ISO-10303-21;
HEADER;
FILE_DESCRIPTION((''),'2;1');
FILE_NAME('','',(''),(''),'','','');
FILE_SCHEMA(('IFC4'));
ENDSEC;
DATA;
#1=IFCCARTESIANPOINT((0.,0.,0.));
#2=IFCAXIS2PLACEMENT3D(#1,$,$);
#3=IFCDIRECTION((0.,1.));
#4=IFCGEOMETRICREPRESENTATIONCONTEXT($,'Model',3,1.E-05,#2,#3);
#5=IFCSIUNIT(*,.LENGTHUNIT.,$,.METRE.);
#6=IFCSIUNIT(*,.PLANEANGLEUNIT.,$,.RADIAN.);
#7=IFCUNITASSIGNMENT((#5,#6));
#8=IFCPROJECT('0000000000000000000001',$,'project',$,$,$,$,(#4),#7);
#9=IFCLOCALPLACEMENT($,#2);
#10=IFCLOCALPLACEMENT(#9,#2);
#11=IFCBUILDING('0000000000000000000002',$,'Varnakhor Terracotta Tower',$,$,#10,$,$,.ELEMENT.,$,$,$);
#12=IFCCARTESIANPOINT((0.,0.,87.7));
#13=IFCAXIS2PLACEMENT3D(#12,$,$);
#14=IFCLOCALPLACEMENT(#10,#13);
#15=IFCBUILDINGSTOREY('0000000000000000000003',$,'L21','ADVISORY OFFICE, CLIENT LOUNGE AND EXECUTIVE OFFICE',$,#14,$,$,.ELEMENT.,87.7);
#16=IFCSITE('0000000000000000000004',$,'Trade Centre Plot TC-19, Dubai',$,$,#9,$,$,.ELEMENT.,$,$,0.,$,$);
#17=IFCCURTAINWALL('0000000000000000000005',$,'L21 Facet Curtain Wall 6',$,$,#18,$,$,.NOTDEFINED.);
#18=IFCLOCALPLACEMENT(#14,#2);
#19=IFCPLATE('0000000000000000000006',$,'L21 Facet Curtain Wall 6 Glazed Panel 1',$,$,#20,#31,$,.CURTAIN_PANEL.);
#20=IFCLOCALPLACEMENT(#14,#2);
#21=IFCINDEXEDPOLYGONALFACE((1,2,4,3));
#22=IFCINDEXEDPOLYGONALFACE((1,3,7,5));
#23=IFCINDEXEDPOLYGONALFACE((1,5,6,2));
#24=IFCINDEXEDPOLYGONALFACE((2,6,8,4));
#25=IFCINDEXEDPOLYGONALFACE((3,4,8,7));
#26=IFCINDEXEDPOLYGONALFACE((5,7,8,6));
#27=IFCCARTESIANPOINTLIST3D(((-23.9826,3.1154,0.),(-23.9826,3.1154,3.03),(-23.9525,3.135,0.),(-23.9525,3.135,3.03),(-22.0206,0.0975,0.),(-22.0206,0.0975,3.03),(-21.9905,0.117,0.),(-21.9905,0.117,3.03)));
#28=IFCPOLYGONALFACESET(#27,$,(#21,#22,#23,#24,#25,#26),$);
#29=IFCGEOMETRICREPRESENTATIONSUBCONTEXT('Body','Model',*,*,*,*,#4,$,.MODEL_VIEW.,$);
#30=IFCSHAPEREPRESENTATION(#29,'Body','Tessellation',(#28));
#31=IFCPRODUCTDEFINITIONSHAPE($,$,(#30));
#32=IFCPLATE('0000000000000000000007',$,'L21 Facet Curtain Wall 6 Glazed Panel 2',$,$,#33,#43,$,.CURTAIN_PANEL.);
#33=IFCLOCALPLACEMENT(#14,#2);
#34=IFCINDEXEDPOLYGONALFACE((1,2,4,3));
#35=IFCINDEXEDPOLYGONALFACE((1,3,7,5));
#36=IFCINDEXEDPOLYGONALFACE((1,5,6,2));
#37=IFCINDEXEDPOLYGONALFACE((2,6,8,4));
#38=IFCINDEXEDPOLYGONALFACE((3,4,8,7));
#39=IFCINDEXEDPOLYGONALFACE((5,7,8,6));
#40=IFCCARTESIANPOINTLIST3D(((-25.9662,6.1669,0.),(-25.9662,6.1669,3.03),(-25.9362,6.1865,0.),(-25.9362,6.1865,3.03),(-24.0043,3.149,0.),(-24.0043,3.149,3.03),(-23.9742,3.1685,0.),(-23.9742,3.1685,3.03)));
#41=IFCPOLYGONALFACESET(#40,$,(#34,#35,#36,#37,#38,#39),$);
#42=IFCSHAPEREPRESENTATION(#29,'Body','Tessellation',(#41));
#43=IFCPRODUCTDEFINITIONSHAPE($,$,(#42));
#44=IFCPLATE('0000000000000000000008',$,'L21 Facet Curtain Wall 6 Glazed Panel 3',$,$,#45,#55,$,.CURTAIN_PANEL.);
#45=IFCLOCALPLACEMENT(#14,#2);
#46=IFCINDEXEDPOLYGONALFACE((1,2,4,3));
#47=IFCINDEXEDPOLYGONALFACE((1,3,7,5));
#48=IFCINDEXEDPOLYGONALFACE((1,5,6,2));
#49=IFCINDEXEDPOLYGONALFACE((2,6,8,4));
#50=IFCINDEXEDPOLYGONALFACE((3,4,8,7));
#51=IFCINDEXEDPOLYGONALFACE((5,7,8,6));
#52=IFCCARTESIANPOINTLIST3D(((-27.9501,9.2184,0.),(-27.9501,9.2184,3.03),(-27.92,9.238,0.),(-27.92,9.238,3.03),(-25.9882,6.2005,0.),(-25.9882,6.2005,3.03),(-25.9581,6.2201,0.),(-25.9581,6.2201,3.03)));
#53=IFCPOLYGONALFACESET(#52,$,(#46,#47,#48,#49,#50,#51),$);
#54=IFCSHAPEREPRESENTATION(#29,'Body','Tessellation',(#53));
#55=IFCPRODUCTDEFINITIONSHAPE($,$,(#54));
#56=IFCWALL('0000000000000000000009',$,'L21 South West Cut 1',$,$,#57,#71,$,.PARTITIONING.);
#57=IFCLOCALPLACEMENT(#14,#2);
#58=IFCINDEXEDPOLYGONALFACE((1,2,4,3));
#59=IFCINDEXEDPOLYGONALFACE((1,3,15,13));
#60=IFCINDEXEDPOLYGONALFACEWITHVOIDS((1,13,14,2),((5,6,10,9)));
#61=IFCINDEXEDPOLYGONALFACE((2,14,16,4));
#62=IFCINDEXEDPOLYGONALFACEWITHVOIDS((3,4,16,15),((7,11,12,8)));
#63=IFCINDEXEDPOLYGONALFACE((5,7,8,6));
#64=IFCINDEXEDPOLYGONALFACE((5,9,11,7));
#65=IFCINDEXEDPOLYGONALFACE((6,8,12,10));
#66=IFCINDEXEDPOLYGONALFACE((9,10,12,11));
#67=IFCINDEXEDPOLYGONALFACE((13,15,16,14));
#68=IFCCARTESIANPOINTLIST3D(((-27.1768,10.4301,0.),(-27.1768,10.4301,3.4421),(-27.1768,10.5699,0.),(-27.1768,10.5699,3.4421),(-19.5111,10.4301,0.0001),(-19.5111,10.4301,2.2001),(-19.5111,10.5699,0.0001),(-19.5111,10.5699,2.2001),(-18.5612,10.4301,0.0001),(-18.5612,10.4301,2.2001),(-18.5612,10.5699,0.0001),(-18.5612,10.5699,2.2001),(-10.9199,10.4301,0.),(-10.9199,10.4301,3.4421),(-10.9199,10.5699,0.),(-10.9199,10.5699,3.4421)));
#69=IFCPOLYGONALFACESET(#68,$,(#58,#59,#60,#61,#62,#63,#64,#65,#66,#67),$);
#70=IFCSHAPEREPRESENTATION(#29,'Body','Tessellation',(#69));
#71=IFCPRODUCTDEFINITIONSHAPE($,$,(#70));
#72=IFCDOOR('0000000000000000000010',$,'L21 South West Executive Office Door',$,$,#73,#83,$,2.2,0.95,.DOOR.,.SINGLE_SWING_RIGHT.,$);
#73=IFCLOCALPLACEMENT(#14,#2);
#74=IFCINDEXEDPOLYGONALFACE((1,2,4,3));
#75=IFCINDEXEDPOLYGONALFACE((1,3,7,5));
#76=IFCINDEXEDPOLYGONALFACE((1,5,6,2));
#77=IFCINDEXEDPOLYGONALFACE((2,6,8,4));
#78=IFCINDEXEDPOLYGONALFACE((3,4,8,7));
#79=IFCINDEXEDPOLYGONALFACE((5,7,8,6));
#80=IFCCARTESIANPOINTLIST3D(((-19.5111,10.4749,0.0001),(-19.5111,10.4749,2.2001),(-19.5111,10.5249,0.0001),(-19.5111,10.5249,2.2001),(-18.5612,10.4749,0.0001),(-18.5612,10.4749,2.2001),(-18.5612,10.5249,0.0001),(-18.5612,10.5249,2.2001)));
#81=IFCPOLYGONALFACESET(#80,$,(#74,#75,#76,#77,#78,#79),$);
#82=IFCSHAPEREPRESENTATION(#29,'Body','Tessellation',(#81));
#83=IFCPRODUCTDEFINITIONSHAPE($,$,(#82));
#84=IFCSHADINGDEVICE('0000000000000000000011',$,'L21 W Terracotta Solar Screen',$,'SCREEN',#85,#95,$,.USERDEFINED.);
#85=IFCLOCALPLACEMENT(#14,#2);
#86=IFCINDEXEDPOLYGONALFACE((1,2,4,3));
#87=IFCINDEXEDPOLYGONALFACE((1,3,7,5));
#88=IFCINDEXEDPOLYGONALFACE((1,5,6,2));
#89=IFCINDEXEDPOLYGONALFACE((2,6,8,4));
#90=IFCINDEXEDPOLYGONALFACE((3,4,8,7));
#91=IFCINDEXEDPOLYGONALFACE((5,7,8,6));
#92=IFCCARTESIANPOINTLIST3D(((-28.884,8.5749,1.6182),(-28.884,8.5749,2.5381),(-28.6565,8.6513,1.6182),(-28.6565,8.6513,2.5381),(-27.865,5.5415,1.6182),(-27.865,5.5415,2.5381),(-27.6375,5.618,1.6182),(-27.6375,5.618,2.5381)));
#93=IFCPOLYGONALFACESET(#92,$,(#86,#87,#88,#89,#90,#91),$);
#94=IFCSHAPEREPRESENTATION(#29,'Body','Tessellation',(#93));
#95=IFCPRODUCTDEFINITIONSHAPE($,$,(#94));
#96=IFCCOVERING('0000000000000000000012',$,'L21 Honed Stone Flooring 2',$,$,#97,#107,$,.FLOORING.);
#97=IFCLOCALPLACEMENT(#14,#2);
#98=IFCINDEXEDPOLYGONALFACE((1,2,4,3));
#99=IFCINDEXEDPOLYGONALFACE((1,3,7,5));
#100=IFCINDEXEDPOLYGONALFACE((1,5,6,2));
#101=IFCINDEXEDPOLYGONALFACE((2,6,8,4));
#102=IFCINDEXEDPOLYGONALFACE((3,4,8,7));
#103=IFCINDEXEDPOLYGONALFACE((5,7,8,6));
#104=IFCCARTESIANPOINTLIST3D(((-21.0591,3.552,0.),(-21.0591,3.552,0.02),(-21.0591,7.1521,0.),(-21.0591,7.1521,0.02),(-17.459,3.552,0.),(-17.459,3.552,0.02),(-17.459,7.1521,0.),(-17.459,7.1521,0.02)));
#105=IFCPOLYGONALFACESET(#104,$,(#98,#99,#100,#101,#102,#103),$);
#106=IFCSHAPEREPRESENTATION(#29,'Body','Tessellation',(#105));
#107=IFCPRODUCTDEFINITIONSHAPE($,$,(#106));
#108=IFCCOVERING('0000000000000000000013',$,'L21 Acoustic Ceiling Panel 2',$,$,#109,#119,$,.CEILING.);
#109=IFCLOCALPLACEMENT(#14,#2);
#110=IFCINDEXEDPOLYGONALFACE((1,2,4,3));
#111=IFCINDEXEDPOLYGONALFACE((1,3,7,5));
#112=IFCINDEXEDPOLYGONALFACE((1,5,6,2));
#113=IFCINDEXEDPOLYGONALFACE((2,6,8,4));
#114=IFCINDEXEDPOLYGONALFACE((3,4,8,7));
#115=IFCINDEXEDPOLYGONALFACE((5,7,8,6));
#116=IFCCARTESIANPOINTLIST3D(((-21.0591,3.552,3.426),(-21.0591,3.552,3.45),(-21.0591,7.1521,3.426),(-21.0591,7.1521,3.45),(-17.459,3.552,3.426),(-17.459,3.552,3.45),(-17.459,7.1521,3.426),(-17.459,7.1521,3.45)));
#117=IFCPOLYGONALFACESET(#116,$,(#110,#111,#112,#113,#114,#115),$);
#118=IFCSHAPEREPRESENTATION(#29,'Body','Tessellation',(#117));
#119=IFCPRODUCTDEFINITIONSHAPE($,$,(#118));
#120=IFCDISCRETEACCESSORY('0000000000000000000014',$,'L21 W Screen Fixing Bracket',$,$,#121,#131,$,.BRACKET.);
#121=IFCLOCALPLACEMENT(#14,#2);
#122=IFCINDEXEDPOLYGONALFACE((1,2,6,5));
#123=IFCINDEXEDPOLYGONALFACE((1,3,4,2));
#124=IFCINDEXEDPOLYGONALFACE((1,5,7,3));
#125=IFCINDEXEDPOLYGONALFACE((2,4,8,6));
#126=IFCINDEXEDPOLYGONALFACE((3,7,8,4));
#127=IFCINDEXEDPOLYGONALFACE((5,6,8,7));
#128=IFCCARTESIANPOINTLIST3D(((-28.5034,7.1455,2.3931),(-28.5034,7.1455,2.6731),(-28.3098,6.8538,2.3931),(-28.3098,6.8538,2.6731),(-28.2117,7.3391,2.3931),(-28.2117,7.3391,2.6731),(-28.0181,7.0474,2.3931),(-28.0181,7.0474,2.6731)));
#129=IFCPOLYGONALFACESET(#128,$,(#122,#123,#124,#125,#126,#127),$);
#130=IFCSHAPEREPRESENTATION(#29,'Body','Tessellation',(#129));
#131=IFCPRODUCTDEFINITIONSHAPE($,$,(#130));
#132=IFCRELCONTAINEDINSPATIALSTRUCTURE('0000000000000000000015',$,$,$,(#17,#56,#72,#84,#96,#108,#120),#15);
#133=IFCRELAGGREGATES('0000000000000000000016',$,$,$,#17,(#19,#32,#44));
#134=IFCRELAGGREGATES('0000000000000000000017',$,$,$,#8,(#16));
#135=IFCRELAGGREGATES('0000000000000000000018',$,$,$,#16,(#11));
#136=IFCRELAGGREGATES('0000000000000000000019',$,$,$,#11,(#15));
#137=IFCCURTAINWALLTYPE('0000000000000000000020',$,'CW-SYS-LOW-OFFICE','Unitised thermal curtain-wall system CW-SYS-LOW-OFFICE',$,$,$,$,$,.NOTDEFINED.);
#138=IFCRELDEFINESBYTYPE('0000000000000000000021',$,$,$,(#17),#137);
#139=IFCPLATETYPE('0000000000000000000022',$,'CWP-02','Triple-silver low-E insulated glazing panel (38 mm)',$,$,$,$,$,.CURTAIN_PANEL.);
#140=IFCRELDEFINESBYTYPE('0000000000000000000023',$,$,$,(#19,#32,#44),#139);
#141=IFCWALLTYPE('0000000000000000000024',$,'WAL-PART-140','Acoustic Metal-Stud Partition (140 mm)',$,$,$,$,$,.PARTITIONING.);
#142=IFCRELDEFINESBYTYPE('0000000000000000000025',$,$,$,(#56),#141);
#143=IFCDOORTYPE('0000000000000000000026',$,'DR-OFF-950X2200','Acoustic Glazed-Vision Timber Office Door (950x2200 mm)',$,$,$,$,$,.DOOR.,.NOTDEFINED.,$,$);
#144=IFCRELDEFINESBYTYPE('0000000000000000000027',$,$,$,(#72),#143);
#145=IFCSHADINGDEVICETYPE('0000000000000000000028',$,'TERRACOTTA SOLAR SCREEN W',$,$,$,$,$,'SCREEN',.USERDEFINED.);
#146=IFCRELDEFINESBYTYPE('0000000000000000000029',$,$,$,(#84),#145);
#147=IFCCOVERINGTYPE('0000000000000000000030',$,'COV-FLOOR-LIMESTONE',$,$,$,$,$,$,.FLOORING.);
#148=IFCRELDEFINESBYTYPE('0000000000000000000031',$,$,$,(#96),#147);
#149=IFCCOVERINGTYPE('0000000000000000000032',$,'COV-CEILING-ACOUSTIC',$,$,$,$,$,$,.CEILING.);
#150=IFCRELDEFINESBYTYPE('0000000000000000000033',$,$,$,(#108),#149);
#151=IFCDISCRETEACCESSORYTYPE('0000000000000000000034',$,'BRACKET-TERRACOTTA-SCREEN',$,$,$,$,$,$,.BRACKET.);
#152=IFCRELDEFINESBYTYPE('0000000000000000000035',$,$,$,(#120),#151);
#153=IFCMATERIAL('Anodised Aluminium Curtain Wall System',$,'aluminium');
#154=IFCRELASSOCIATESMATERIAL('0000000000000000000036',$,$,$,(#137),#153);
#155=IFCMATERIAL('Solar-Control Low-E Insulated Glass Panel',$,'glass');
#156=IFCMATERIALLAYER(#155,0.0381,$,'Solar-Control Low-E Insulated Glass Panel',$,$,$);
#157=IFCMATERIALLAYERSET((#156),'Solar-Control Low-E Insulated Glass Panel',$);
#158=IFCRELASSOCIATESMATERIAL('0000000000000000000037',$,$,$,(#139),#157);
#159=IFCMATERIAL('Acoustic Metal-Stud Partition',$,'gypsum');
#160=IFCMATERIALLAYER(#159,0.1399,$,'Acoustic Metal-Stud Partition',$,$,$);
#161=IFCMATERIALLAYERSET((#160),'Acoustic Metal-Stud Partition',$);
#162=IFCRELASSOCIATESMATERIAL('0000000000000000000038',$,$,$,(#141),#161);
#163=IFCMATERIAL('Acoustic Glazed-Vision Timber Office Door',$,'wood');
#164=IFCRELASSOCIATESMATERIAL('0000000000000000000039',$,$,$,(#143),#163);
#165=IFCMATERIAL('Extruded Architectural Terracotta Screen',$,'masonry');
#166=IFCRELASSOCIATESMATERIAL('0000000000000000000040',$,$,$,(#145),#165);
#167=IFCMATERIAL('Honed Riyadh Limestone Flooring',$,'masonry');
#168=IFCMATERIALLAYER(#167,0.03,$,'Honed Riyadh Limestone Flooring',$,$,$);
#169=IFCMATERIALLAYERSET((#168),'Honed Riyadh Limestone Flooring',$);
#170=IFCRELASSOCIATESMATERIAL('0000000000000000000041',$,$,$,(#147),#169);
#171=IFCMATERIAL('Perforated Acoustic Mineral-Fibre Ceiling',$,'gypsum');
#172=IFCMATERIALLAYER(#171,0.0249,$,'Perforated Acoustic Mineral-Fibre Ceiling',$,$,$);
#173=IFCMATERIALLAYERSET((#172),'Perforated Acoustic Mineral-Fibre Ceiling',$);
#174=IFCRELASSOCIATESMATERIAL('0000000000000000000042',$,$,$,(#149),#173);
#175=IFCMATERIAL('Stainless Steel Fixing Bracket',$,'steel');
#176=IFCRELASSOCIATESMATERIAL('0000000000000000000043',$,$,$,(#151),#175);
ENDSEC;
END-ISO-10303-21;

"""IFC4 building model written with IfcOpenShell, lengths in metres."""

from ifc_helpers import new_model, si_unit, direction, frame, frame_2d, origin, origin_2d, place, context, subcontext, project, spatial, rectangle, extrude, source, transform, mapped, material, layer, layer_set, type_object, type_shapes, element, fill, aggregate, save


model = new_model("IFC4")

# Units and contexts
model_context = context("Model", 3, precision=1e-05, world=origin(), true_north=direction((0.0, 1.0)))
body_context = subcontext(model_context, "Body", "Model", "MODEL_VIEW")
ifc_project = project(units=[si_unit("LENGTHUNIT", "METRE"), si_unit("PLANEANGLEUNIT", "RADIAN")], contexts=[model_context])

# Site, building, storey
site_placement = place(None, origin())
site = spatial("IfcSite", under=ifc_project, at=site_placement, Name="Trade Centre Plot TC-19, Dubai", CompositionType="ELEMENT", RefElevation=0.0)
building_placement = place(site_placement, origin())
building = spatial("IfcBuilding", under=site, at=building_placement, Name="Varnakhor Terracotta Tower", CompositionType="ELEMENT")
storey_placement = place(building_placement, frame((0.0, 0.0, 87.7)))
storey = spatial("IfcBuildingStorey", under=building, at=storey_placement, Name="L21", Description="ADVISORY OFFICE, CLIENT LOUNGE AND EXECUTIVE OFFICE", CompositionType="ELEMENT", Elevation=87.7)

# Shared definitions
ifc_material_1 = material(Name="Anodised Aluminium Curtain Wall System", Category="aluminium")
curtain_wall_type = type_object("IfcCurtainWallType", Name="CW-SYS-LOW-OFFICE", Description="Unitised thermal curtain-wall system CW-SYS-LOW-OFFICE", PredefinedType="NOTDEFINED", material=ifc_material_1)

# Curtain wall
curtain_wall_1_placement = place(storey_placement, origin())
curtain_wall_1 = element("IfcCurtainWall", 1, at=curtain_wall_1_placement, inside=storey, type_object=curtain_wall_type, Name="L21 Facet Curtain Wall 6", PredefinedType="NOTDEFINED")

# Plates
ifc_material_2 = material(Name="Solar-Control Low-E Insulated Glass Panel", Category="glass")
ifc_layer_1 = layer(ifc_material_2, 0.0381, Name="Solar-Control Low-E Insulated Glass Panel")
ifc_layer_set_1 = layer_set([ifc_layer_1], Name="Solar-Control Low-E Insulated Glass Panel")
plate_type = type_object("IfcPlateType", Name="CWP-02", Description="Triple-silver low-E insulated glazing panel (38 mm)", PredefinedType="CURTAIN_PANEL", material=ifc_layer_set_1)
shared_shape_1 = source(origin(), body_context, "Body", "SweptSolid", [
    extrude(rectangle(XDim=3.5996, YDim=0.0359, at=origin_2d()), origin(), (0.0, 0.0, 1.0), 3.03),
])
plate_1_placement = place(storey_placement, frame((-22.9866, 1.6162, 0.0), z_axis=(0.0, 0.0, 1.0), x_axis=(-0.545049, 0.838404, 0.0)))
plate_1 = element("IfcPlate", 2, at=plate_1_placement, type_object=plate_type, Name="L21 Facet Curtain Wall 6 Glazed Panel 1", PredefinedType="CURTAIN_PANEL", context=body_context, shape_type="MappedRepresentation", body=[
    mapped(shared_shape_1, transform((0.0, 0.0, 0.0), scale=1.0)),
])
plate_2_placement = place(storey_placement, frame((-24.9702, 4.6677, 0.0), z_axis=(0.0, 0.0, 1.0), x_axis=(-0.545049, 0.838404, 0.0)))
plate_2 = element("IfcPlate", 3, at=plate_2_placement, type_object=plate_type, Name="L21 Facet Curtain Wall 6 Glazed Panel 2", PredefinedType="CURTAIN_PANEL", context=body_context, shape_type="MappedRepresentation", body=[
    mapped(shared_shape_1, transform((0.0, 0.0, 0.0), scale=1.0)),
])
plate_3_placement = place(storey_placement, frame((-26.9541, 7.7192, 0.0), z_axis=(0.0, 0.0, 1.0), x_axis=(-0.545049, 0.838404, 0.0)))
plate_3 = element("IfcPlate", 4, at=plate_3_placement, type_object=plate_type, Name="L21 Facet Curtain Wall 6 Glazed Panel 3", PredefinedType="CURTAIN_PANEL", context=body_context, shape_type="MappedRepresentation", body=[
    mapped(shared_shape_1, transform((0.0, 0.0, 0.0), scale=1.0)),
])
aggregate(curtain_wall_1, [plate_1, plate_2, plate_3])

# Wall, opening, door
ifc_material_3 = material(Name="Acoustic Metal-Stud Partition", Category="gypsum")
ifc_layer_2 = layer(ifc_material_3, 0.1399, Name="Acoustic Metal-Stud Partition")
ifc_layer_set_2 = layer_set([ifc_layer_2], Name="Acoustic Metal-Stud Partition")
wall_type = type_object("IfcWallType", Name="WAL-PART-140", Description="Acoustic Metal-Stud Partition (140 mm)", PredefinedType="PARTITIONING", material=ifc_layer_set_2)
wall_placement = place(storey_placement, frame((-27.1768, 10.5, 0.0), z_axis=(0.0, 0.0, 1.0), x_axis=(1.0, 0.0, 0.0)))
wall = element("IfcWall", 5, at=wall_placement, inside=storey, type_object=wall_type, Name="L21 South West Cut 1", PredefinedType="PARTITIONING", context=body_context, shape_type="SweptSolid", body=[
    extrude(rectangle(XDim=16.2568, YDim=0.1399, at=frame_2d((8.1284, 0.0))), origin(), (0.0, 0.0, 1.0), 3.4421),
])
opening_placement = place(wall_placement, frame((7.6655, 0.0, 0.0)))
opening = element("IfcOpeningElement", 6, at=opening_placement, cuts=wall, PredefinedType="OPENING", context=body_context, shape_type="SweptSolid", body=[
    extrude(rectangle(XDim=0.95, YDim=2.2, at=frame_2d((0.4751, 1.1001))), frame((0.0, 0.0801, 0.0), z_axis=(0.0, -1.0, 0.0), x_axis=(1.0, 0.0, 0.0)), (0.0, 0.0, 1.0), 0.1599),
])
ifc_material_4 = material(Name="Acoustic Glazed-Vision Timber Office Door", Category="wood")
door_type = type_object("IfcDoorType", Name="DR-OFF-950X2200", Description="Acoustic Glazed-Vision Timber Office Door (950x2200 mm)", OperationType="NOTDEFINED", PredefinedType="DOOR", material=ifc_material_4)
shared_shape_2 = source(origin(), body_context, "Body", "SweptSolid", [
    extrude(rectangle(XDim=0.95, YDim=2.2, at=frame_2d((0.4751, 1.1001))), frame((0.0, 0.0249, 0.0), z_axis=(0.0, -1.0, 0.0), x_axis=(1.0, 0.0, 0.0)), (0.0, 0.0, 1.0), 0.05),
])
type_shapes(door_type, [shared_shape_2])
door_placement = place(opening_placement, origin())
door = element("IfcDoor", 7, at=door_placement, inside=storey, type_object=door_type, Name="L21 South West Executive Office Door", OperationType="SINGLE_SWING_RIGHT", OverallHeight=2.2, OverallWidth=0.95, PredefinedType="DOOR", context=body_context, shape_type="MappedRepresentation", body=[
    mapped(shared_shape_2, transform((0.0, 0.0, 0.0), scale=1.0)),
])
fill(opening, door)

# Shading device
ifc_material_5 = material(Name="Extruded Architectural Terracotta Screen", Category="masonry")
shading_device_type = type_object("IfcShadingDeviceType", Name="TERRACOTTA SOLAR SCREEN W", ElementType="SCREEN", PredefinedType="USERDEFINED", material=ifc_material_5)
shared_shape_3 = source(origin(), body_context, "Body", "SweptSolid", [
    extrude(rectangle(XDim=3.2, YDim=0.24, at=origin_2d()), origin(), (0.0, 0.0, 1.0), 0.9199),
])
type_shapes(shading_device_type, [shared_shape_3])
shading_device_placement = place(storey_placement, frame((-28.2607, 7.0964, 1.6182), z_axis=(0.0, 0.0, 1.0), x_axis=(0.31843, -0.947946, 0.0)))
element("IfcShadingDevice", 8, at=shading_device_placement, inside=storey, type_object=shading_device_type, Name="L21 W Terracotta Solar Screen", ObjectType="SCREEN", PredefinedType="USERDEFINED", context=body_context, shape_type="MappedRepresentation", body=[
    mapped(shared_shape_3, transform((0.0, 0.0, 0.0), scale=1.0)),
])

# Coverings
ifc_material_6 = material(Name="Honed Riyadh Limestone Flooring", Category="masonry")
ifc_layer_3 = layer(ifc_material_6, 0.03, Name="Honed Riyadh Limestone Flooring")
ifc_layer_set_3 = layer_set([ifc_layer_3], Name="Honed Riyadh Limestone Flooring")
covering_type_1 = type_object("IfcCoveringType", Name="COV-FLOOR-LIMESTONE", PredefinedType="FLOORING", material=ifc_layer_set_3)
shared_shape_4 = source(origin(), body_context, "Body", "SweptSolid", [
    extrude(rectangle(XDim=3.6001, YDim=3.6001, at=origin_2d()), origin(), (0.0, 0.0, 1.0), 0.02),
])
covering_1_placement = place(storey_placement, frame((-19.259, 5.3521, 0.0), z_axis=(0.0, 0.0, 1.0), x_axis=(1.0, 0.0, 0.0)))
element("IfcCovering", 9, at=covering_1_placement, inside=storey, type_object=covering_type_1, Name="L21 Honed Stone Flooring 2", PredefinedType="FLOORING", context=body_context, shape_type="MappedRepresentation", body=[
    mapped(shared_shape_4, transform((0.0, 0.0, 0.0), scale=1.0)),
])
ifc_material_7 = material(Name="Perforated Acoustic Mineral-Fibre Ceiling", Category="gypsum")
ifc_layer_4 = layer(ifc_material_7, 0.0249, Name="Perforated Acoustic Mineral-Fibre Ceiling")
ifc_layer_set_4 = layer_set([ifc_layer_4], Name="Perforated Acoustic Mineral-Fibre Ceiling")
covering_type_2 = type_object("IfcCoveringType", Name="COV-CEILING-ACOUSTIC", PredefinedType="CEILING", material=ifc_layer_set_4)
shared_shape_5 = source(origin(), body_context, "Body", "SweptSolid", [
    extrude(rectangle(XDim=3.6001, YDim=3.6001, at=origin_2d()), origin(), (0.0, 0.0, 1.0), 0.0239),
])
covering_2_placement = place(storey_placement, frame((-19.259, 5.3521, 3.426), z_axis=(0.0, 0.0, 1.0), x_axis=(1.0, 0.0, 0.0)))
element("IfcCovering", 10, at=covering_2_placement, inside=storey, type_object=covering_type_2, Name="L21 Acoustic Ceiling Panel 2", PredefinedType="CEILING", context=body_context, shape_type="MappedRepresentation", body=[
    mapped(shared_shape_5, transform((0.0, 0.0, 0.0), scale=1.0)),
])

# Discrete accessory
ifc_material_8 = material(Name="Stainless Steel Fixing Bracket", Category="steel")
discrete_accessory_type = type_object("IfcDiscreteAccessoryType", Name="BRACKET-TERRACOTTA-SCREEN", PredefinedType="BRACKET", material=ifc_material_8)
shared_shape_6 = source(origin(), body_context, "Body", "SweptSolid", [
    extrude(rectangle(XDim=0.3501, YDim=0.3501, at=origin_2d()), origin(), (0.0, 0.0, 1.0), 0.28),
])
type_shapes(discrete_accessory_type, [shared_shape_6])
discrete_accessory_placement = place(storey_placement, frame((-28.2607, 7.0964, 2.3931), z_axis=(0.0, 0.0, 1.0), x_axis=(0.552926, -0.83323, 0.0)))
element("IfcDiscreteAccessory", 11, at=discrete_accessory_placement, inside=storey, type_object=discrete_accessory_type, Name="L21 W Screen Fixing Bracket", PredefinedType="BRACKET", context=body_context, shape_type="MappedRepresentation", body=[
    mapped(shared_shape_6, transform((0.0, 0.0, 0.0), scale=1.0)),
])

save(model, "model.ifc")
